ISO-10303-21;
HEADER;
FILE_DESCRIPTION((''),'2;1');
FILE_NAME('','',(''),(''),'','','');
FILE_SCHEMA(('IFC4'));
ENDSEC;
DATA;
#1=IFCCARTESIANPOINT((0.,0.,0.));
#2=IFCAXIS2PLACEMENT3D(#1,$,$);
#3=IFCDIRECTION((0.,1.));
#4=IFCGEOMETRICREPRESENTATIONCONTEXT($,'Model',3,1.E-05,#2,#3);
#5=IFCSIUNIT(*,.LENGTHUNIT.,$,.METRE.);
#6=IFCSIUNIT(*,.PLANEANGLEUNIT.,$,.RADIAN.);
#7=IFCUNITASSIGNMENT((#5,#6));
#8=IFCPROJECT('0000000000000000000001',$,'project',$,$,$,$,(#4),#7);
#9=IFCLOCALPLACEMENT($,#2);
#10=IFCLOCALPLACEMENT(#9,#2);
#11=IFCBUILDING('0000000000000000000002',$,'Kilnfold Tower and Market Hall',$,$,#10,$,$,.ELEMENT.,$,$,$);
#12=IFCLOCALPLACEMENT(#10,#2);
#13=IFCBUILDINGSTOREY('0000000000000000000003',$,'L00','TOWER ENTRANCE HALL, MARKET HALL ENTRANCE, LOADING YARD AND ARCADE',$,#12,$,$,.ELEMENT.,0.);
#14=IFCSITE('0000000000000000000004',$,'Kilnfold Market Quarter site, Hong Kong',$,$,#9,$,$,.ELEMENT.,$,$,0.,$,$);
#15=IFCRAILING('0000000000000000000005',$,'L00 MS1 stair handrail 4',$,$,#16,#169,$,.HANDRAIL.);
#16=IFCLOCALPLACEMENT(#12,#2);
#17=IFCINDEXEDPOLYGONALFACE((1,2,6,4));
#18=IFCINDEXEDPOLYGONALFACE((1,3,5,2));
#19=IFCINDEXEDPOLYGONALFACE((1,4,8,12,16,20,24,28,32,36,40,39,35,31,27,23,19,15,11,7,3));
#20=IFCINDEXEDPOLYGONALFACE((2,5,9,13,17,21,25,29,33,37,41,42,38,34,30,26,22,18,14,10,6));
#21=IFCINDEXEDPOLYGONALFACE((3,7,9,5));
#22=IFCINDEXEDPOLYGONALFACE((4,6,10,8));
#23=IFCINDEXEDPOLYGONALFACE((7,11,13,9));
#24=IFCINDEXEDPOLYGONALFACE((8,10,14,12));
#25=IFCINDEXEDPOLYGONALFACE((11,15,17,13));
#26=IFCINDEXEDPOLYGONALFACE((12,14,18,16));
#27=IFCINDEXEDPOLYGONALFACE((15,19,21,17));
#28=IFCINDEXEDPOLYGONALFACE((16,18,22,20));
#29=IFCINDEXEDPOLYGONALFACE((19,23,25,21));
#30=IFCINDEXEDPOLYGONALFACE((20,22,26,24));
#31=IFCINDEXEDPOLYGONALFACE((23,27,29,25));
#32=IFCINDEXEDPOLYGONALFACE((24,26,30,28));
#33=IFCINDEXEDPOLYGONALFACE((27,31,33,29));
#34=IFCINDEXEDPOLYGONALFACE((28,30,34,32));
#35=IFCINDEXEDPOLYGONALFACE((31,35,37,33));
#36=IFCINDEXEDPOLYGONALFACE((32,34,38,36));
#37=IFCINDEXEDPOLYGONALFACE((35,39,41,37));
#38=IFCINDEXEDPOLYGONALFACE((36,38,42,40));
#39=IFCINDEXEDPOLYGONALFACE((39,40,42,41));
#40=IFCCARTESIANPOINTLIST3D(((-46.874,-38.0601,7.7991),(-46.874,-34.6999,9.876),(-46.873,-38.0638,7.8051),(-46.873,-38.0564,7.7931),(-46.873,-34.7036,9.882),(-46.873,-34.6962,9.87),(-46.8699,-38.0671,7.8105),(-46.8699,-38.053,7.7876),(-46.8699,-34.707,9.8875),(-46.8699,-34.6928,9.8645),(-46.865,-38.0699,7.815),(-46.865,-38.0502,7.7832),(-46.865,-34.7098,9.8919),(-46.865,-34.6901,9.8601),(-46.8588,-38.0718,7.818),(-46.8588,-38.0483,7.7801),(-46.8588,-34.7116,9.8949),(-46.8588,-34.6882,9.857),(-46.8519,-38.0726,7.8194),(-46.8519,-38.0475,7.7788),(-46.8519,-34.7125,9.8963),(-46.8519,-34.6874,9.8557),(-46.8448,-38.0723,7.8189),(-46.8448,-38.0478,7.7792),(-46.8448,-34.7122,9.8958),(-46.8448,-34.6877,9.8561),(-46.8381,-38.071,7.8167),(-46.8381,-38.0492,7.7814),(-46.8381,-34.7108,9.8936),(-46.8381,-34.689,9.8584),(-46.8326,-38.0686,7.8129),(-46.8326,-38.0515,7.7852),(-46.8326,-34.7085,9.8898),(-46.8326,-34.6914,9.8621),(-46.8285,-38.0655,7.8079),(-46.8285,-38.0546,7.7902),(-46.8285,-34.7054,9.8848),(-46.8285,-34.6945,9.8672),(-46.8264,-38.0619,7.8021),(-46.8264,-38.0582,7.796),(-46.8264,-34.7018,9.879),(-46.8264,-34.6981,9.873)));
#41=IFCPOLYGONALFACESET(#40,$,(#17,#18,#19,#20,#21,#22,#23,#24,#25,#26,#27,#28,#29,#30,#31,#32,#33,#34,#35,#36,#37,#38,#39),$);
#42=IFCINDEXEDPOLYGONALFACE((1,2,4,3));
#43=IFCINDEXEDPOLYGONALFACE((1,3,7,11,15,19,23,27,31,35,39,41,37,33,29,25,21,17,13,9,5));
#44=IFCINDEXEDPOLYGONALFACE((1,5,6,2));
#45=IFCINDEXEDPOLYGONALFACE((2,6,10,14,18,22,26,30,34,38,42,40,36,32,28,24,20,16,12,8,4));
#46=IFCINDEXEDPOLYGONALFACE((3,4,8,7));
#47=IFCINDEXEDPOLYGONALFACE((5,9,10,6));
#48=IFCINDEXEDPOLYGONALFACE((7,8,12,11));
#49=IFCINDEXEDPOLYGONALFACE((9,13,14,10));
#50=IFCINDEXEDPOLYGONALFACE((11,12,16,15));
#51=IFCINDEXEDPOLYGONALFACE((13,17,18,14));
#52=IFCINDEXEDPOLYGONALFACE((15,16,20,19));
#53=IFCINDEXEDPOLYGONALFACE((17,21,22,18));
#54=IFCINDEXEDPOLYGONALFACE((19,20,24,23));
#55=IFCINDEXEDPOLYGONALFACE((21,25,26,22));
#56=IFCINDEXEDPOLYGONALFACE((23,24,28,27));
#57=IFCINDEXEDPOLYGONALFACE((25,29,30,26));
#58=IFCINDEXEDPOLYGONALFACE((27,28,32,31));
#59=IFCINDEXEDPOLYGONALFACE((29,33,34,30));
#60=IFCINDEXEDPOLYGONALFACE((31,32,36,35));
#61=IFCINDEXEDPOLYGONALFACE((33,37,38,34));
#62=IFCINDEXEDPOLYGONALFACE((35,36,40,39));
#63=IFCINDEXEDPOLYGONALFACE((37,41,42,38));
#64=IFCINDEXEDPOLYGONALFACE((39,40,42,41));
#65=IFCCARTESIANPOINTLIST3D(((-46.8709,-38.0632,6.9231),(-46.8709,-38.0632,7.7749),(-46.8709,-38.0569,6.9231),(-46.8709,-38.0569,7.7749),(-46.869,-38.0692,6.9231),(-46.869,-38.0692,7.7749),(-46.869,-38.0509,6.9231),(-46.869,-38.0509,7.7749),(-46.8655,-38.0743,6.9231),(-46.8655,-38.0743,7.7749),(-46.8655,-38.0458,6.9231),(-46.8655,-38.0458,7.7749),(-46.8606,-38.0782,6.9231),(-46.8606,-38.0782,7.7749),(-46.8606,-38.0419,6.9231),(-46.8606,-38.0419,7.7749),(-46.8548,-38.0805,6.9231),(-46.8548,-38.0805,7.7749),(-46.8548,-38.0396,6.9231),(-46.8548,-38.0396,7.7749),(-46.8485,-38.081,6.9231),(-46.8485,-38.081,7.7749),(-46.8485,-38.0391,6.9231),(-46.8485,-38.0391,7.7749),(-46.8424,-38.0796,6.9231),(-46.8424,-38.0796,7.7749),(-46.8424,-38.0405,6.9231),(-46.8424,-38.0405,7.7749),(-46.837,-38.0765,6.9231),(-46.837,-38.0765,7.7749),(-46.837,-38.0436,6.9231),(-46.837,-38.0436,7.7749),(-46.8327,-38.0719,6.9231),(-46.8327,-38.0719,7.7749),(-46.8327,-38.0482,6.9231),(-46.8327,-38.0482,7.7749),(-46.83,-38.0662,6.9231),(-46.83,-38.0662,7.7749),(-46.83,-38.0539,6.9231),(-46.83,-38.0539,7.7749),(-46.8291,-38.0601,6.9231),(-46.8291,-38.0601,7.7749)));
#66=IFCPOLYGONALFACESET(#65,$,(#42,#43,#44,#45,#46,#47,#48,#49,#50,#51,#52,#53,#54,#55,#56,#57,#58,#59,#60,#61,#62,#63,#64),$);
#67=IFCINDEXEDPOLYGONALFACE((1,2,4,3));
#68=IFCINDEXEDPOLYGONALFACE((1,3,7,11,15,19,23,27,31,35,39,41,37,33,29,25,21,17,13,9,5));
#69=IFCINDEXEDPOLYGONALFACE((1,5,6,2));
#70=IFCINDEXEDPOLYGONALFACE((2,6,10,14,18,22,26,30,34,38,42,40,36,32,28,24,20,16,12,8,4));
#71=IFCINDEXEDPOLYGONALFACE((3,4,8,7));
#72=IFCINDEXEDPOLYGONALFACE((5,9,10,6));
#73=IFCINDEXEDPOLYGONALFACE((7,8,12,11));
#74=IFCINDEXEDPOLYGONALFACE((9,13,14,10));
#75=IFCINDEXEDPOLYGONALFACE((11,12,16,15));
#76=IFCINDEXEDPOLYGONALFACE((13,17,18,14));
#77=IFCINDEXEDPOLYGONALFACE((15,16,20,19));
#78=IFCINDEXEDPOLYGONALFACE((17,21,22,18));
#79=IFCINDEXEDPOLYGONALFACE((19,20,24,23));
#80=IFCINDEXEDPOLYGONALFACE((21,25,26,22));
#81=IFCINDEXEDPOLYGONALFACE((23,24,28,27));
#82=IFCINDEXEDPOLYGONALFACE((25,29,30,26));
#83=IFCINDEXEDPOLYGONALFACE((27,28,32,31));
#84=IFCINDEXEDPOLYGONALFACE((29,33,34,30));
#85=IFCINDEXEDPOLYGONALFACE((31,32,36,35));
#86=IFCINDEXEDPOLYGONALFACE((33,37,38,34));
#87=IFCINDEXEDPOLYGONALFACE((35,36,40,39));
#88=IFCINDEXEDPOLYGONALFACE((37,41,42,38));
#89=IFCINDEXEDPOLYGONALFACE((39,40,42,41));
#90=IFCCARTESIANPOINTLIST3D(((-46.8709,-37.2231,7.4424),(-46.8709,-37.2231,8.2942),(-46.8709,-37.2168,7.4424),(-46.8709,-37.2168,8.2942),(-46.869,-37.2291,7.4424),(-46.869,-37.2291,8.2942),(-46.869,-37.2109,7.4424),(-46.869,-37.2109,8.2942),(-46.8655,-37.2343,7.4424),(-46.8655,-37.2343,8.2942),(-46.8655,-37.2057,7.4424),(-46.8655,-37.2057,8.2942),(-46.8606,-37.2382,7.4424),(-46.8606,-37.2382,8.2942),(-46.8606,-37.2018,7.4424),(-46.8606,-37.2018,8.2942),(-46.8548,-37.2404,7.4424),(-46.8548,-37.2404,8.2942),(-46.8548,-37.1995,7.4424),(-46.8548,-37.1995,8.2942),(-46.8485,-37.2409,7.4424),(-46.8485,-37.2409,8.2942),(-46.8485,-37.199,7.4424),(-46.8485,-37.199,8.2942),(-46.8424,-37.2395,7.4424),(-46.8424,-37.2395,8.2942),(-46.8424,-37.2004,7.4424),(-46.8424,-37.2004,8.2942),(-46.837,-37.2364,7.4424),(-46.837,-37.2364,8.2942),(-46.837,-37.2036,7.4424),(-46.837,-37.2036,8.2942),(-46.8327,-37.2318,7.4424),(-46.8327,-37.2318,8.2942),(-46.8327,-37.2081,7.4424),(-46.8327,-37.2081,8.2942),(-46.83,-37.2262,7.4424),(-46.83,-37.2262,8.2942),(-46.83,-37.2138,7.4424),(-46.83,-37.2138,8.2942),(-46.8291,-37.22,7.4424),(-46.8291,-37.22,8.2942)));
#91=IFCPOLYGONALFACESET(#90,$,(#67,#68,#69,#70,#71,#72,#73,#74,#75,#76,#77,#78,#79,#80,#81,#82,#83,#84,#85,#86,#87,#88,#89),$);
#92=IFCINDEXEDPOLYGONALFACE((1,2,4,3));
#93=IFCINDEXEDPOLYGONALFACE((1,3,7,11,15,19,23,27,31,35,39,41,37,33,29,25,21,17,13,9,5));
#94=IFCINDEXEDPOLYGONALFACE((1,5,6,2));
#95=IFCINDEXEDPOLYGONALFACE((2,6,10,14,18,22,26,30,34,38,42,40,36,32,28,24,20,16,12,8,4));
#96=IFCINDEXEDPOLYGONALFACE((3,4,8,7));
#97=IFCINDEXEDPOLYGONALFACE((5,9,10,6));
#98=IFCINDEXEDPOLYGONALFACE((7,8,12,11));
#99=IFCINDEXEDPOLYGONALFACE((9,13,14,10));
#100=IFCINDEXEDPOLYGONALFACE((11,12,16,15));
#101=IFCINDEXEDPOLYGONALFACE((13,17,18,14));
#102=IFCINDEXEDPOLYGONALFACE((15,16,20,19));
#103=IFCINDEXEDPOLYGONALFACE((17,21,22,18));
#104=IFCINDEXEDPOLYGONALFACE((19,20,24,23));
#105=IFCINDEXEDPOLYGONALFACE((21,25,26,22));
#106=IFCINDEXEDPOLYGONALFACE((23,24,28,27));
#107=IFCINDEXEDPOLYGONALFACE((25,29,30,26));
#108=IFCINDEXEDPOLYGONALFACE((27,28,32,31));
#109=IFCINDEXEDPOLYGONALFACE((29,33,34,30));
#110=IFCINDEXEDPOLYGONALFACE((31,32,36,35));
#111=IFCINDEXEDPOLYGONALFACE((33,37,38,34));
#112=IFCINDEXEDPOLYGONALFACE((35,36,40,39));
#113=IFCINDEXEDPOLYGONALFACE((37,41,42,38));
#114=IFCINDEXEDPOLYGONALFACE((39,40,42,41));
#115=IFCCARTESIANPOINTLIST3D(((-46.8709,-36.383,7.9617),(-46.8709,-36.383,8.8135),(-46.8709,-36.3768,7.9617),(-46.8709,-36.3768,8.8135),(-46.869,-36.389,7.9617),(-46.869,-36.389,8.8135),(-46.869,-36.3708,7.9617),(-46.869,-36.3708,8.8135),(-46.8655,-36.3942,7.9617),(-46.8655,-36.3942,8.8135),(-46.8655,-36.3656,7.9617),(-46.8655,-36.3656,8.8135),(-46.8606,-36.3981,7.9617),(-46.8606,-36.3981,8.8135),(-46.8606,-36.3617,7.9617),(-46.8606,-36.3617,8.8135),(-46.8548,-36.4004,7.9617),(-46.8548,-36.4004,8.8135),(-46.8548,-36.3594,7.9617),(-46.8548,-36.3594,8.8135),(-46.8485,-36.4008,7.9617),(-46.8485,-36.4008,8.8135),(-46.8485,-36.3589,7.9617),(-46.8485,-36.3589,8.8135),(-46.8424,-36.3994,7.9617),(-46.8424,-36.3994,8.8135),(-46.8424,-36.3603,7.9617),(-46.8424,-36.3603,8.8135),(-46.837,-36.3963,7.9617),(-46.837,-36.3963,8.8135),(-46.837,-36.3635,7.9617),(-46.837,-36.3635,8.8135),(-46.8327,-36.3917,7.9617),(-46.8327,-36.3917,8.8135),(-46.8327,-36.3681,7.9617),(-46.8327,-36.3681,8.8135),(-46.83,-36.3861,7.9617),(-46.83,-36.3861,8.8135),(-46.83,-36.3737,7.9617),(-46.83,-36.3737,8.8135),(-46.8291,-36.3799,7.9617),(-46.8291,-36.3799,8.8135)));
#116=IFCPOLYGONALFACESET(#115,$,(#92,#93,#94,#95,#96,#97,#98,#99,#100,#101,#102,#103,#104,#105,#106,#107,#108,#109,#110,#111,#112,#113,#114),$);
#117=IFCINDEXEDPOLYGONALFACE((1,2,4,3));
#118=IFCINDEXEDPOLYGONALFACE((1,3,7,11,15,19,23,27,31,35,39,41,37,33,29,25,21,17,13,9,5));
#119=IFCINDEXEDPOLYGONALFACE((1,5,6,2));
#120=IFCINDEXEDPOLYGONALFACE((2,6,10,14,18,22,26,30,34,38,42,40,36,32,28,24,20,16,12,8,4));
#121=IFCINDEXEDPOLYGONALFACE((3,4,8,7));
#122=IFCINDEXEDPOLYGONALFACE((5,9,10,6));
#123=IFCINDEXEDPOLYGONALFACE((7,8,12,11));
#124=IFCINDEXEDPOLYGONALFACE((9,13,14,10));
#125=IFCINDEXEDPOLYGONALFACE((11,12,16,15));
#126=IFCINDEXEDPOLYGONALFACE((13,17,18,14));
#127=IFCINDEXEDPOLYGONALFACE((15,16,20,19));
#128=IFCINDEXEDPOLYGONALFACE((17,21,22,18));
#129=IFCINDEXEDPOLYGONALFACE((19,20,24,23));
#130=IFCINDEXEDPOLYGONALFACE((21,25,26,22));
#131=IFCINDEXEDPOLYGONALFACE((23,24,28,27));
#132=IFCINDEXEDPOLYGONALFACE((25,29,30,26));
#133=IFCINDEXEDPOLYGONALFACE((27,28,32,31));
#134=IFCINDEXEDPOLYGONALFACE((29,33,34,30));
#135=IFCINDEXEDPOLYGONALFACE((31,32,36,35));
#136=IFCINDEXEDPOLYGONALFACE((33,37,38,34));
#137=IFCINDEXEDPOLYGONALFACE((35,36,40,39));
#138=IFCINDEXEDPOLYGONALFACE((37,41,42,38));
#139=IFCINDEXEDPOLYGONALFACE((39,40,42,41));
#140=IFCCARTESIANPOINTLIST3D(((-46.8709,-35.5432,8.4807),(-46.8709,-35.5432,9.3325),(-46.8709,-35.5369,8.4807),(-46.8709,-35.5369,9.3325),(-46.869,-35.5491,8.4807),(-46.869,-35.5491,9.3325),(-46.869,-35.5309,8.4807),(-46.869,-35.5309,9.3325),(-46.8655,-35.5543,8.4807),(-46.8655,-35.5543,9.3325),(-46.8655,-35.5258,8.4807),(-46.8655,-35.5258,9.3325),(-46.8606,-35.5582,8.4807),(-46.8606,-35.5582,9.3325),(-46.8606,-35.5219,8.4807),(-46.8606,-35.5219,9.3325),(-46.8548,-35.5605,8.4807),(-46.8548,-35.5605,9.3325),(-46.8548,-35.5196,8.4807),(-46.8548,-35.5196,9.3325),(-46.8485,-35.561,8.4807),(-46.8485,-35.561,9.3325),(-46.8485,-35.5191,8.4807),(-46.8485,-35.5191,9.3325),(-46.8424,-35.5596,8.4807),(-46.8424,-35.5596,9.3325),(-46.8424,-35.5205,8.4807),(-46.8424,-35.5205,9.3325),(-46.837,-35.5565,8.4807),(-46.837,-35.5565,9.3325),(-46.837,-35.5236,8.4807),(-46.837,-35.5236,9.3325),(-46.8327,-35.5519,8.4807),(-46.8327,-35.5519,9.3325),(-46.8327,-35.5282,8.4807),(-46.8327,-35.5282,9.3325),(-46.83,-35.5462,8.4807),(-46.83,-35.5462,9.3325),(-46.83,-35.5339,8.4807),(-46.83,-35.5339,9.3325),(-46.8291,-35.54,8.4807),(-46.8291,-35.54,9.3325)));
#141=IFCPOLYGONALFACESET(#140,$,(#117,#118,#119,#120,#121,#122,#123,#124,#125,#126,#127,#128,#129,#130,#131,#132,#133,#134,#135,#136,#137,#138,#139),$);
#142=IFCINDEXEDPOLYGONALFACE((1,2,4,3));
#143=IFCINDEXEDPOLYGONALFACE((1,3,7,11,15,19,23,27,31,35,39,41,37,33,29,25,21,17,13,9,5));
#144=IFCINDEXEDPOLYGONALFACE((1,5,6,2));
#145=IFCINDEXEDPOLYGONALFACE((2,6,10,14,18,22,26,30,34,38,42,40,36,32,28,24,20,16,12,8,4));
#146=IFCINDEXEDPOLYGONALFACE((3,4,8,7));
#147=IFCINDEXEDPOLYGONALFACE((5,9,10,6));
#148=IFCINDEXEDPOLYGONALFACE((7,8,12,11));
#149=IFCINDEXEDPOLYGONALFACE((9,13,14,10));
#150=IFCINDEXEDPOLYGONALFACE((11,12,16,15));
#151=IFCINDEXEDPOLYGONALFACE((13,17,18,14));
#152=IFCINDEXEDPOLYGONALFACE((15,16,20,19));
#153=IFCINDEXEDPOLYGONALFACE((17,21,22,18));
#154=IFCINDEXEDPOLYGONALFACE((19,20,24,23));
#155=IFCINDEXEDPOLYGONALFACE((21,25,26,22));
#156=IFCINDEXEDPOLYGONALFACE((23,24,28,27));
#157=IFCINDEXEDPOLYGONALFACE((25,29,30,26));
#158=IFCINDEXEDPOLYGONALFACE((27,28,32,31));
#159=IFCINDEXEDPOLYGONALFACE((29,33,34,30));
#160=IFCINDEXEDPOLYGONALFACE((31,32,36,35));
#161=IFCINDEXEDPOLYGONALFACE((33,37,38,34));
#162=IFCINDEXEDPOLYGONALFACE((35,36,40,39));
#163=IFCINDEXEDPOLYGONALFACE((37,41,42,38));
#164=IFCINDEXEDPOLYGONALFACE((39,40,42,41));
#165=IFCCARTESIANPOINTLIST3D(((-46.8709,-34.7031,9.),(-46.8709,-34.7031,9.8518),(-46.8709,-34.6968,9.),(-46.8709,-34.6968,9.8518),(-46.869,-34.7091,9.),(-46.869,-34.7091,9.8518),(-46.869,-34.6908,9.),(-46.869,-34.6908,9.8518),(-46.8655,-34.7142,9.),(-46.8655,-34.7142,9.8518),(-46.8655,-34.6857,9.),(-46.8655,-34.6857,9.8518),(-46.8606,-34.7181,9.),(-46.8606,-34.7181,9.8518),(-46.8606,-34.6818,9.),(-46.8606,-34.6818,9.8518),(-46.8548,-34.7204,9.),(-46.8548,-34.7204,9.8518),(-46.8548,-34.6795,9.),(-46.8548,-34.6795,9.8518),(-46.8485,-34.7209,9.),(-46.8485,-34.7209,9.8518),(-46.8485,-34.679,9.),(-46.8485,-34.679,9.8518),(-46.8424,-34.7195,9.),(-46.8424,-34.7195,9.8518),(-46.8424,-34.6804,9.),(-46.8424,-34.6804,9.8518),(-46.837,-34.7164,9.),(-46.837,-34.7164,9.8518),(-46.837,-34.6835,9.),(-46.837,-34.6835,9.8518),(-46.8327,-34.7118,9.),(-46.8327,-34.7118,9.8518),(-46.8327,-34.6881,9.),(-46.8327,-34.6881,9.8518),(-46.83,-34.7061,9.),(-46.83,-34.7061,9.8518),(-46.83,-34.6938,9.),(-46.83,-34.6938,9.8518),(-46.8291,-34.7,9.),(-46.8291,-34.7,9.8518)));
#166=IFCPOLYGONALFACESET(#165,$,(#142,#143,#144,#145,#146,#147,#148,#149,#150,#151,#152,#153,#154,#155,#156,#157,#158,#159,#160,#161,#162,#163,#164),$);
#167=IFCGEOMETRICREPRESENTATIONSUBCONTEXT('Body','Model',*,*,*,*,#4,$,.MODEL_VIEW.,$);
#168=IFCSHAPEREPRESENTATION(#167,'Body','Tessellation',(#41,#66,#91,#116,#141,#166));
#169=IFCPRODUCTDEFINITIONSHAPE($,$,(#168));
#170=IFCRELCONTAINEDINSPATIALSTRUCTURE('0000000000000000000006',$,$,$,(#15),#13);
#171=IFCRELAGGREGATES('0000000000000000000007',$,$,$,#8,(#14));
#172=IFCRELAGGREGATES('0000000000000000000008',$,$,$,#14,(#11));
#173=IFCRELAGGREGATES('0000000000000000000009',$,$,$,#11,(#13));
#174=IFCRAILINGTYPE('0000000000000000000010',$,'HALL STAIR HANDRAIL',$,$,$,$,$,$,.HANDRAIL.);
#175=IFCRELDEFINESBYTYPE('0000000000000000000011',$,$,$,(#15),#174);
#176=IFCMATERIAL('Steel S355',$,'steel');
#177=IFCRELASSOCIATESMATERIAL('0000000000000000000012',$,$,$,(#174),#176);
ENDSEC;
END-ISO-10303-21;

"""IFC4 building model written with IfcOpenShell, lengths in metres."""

from ifc_helpers import new_model, si_unit, direction, frame, origin, origin_2d, place, context, subcontext, project, spatial, circle, extrude, material, type_object, element, save


model = new_model("IFC4")

# Units and contexts
model_context = context("Model", 3, precision=1e-05, world=origin(), true_north=direction((0.0, 1.0)))
body_context = subcontext(model_context, "Body", "Model", "MODEL_VIEW")
ifc_project = project(units=[si_unit("LENGTHUNIT", "METRE"), si_unit("PLANEANGLEUNIT", "RADIAN")], contexts=[model_context])

# Site, building, storey
site_placement = place(None, origin())
site = spatial("IfcSite", under=ifc_project, at=site_placement, Name="Kilnfold Market Quarter site, Hong Kong", CompositionType="ELEMENT", RefElevation=0.0)
building_placement = place(site_placement, origin())
building = spatial("IfcBuilding", under=site, at=building_placement, Name="Kilnfold Tower and Market Hall", CompositionType="ELEMENT")
storey_placement = place(building_placement, origin())
storey = spatial("IfcBuildingStorey", under=building, at=storey_placement, Name="L00", Description="TOWER ENTRANCE HALL, MARKET HALL ENTRANCE, LOADING YARD AND ARCADE", CompositionType="ELEMENT", Elevation=0.0)

# Railing
ifc_material_1 = material(Name="Steel S355", Category="steel")
railing_type_1 = type_object("IfcRailingType", Name="HALL STAIR HANDRAIL", PredefinedType="HANDRAIL", material=ifc_material_1)
for number, where, name in (
    (1, (-46.8501, -38.0601, 6.9231), "L00 MS1 stair handrail 4"),
):
    element("IfcRailing", number, at=place(storey_placement, frame(where)), inside=storey, type_object=railing_type_1, Name=name, PredefinedType="HANDRAIL", context=body_context, shape_type="SweptSolid", body=[
        extrude(circle(Radius=0.0239, at=origin_2d()), frame((0.0, 0.0, 0.876), z_axis=(0.0, 0.850623, 0.525776), x_axis=(-1.0, 0.0, 0.0)), (0.0, 0.0, 1.0), 3.9502),
        extrude(circle(Radius=0.021, at=origin_2d()), origin(), (0.0, 0.0, 1.0), 0.8518),
        extrude(circle(Radius=0.021, at=origin_2d()), frame((0.0, 0.8401, 0.5193)), (0.0, 0.0, 1.0), 0.8518),
        extrude(circle(Radius=0.021, at=origin_2d()), frame((0.0, 1.6802, 1.0386)), (0.0, 0.0, 1.0), 0.8518),
        extrude(circle(Radius=0.021, at=origin_2d()), frame((0.0, 2.52, 1.5576)), (0.0, 0.0, 1.0), 0.8518),
        extrude(circle(Radius=0.021, at=origin_2d()), frame((0.0, 3.3601, 2.0769)), (0.0, 0.0, 1.0), 0.8518),
    ])

save(model, "model.ifc")
